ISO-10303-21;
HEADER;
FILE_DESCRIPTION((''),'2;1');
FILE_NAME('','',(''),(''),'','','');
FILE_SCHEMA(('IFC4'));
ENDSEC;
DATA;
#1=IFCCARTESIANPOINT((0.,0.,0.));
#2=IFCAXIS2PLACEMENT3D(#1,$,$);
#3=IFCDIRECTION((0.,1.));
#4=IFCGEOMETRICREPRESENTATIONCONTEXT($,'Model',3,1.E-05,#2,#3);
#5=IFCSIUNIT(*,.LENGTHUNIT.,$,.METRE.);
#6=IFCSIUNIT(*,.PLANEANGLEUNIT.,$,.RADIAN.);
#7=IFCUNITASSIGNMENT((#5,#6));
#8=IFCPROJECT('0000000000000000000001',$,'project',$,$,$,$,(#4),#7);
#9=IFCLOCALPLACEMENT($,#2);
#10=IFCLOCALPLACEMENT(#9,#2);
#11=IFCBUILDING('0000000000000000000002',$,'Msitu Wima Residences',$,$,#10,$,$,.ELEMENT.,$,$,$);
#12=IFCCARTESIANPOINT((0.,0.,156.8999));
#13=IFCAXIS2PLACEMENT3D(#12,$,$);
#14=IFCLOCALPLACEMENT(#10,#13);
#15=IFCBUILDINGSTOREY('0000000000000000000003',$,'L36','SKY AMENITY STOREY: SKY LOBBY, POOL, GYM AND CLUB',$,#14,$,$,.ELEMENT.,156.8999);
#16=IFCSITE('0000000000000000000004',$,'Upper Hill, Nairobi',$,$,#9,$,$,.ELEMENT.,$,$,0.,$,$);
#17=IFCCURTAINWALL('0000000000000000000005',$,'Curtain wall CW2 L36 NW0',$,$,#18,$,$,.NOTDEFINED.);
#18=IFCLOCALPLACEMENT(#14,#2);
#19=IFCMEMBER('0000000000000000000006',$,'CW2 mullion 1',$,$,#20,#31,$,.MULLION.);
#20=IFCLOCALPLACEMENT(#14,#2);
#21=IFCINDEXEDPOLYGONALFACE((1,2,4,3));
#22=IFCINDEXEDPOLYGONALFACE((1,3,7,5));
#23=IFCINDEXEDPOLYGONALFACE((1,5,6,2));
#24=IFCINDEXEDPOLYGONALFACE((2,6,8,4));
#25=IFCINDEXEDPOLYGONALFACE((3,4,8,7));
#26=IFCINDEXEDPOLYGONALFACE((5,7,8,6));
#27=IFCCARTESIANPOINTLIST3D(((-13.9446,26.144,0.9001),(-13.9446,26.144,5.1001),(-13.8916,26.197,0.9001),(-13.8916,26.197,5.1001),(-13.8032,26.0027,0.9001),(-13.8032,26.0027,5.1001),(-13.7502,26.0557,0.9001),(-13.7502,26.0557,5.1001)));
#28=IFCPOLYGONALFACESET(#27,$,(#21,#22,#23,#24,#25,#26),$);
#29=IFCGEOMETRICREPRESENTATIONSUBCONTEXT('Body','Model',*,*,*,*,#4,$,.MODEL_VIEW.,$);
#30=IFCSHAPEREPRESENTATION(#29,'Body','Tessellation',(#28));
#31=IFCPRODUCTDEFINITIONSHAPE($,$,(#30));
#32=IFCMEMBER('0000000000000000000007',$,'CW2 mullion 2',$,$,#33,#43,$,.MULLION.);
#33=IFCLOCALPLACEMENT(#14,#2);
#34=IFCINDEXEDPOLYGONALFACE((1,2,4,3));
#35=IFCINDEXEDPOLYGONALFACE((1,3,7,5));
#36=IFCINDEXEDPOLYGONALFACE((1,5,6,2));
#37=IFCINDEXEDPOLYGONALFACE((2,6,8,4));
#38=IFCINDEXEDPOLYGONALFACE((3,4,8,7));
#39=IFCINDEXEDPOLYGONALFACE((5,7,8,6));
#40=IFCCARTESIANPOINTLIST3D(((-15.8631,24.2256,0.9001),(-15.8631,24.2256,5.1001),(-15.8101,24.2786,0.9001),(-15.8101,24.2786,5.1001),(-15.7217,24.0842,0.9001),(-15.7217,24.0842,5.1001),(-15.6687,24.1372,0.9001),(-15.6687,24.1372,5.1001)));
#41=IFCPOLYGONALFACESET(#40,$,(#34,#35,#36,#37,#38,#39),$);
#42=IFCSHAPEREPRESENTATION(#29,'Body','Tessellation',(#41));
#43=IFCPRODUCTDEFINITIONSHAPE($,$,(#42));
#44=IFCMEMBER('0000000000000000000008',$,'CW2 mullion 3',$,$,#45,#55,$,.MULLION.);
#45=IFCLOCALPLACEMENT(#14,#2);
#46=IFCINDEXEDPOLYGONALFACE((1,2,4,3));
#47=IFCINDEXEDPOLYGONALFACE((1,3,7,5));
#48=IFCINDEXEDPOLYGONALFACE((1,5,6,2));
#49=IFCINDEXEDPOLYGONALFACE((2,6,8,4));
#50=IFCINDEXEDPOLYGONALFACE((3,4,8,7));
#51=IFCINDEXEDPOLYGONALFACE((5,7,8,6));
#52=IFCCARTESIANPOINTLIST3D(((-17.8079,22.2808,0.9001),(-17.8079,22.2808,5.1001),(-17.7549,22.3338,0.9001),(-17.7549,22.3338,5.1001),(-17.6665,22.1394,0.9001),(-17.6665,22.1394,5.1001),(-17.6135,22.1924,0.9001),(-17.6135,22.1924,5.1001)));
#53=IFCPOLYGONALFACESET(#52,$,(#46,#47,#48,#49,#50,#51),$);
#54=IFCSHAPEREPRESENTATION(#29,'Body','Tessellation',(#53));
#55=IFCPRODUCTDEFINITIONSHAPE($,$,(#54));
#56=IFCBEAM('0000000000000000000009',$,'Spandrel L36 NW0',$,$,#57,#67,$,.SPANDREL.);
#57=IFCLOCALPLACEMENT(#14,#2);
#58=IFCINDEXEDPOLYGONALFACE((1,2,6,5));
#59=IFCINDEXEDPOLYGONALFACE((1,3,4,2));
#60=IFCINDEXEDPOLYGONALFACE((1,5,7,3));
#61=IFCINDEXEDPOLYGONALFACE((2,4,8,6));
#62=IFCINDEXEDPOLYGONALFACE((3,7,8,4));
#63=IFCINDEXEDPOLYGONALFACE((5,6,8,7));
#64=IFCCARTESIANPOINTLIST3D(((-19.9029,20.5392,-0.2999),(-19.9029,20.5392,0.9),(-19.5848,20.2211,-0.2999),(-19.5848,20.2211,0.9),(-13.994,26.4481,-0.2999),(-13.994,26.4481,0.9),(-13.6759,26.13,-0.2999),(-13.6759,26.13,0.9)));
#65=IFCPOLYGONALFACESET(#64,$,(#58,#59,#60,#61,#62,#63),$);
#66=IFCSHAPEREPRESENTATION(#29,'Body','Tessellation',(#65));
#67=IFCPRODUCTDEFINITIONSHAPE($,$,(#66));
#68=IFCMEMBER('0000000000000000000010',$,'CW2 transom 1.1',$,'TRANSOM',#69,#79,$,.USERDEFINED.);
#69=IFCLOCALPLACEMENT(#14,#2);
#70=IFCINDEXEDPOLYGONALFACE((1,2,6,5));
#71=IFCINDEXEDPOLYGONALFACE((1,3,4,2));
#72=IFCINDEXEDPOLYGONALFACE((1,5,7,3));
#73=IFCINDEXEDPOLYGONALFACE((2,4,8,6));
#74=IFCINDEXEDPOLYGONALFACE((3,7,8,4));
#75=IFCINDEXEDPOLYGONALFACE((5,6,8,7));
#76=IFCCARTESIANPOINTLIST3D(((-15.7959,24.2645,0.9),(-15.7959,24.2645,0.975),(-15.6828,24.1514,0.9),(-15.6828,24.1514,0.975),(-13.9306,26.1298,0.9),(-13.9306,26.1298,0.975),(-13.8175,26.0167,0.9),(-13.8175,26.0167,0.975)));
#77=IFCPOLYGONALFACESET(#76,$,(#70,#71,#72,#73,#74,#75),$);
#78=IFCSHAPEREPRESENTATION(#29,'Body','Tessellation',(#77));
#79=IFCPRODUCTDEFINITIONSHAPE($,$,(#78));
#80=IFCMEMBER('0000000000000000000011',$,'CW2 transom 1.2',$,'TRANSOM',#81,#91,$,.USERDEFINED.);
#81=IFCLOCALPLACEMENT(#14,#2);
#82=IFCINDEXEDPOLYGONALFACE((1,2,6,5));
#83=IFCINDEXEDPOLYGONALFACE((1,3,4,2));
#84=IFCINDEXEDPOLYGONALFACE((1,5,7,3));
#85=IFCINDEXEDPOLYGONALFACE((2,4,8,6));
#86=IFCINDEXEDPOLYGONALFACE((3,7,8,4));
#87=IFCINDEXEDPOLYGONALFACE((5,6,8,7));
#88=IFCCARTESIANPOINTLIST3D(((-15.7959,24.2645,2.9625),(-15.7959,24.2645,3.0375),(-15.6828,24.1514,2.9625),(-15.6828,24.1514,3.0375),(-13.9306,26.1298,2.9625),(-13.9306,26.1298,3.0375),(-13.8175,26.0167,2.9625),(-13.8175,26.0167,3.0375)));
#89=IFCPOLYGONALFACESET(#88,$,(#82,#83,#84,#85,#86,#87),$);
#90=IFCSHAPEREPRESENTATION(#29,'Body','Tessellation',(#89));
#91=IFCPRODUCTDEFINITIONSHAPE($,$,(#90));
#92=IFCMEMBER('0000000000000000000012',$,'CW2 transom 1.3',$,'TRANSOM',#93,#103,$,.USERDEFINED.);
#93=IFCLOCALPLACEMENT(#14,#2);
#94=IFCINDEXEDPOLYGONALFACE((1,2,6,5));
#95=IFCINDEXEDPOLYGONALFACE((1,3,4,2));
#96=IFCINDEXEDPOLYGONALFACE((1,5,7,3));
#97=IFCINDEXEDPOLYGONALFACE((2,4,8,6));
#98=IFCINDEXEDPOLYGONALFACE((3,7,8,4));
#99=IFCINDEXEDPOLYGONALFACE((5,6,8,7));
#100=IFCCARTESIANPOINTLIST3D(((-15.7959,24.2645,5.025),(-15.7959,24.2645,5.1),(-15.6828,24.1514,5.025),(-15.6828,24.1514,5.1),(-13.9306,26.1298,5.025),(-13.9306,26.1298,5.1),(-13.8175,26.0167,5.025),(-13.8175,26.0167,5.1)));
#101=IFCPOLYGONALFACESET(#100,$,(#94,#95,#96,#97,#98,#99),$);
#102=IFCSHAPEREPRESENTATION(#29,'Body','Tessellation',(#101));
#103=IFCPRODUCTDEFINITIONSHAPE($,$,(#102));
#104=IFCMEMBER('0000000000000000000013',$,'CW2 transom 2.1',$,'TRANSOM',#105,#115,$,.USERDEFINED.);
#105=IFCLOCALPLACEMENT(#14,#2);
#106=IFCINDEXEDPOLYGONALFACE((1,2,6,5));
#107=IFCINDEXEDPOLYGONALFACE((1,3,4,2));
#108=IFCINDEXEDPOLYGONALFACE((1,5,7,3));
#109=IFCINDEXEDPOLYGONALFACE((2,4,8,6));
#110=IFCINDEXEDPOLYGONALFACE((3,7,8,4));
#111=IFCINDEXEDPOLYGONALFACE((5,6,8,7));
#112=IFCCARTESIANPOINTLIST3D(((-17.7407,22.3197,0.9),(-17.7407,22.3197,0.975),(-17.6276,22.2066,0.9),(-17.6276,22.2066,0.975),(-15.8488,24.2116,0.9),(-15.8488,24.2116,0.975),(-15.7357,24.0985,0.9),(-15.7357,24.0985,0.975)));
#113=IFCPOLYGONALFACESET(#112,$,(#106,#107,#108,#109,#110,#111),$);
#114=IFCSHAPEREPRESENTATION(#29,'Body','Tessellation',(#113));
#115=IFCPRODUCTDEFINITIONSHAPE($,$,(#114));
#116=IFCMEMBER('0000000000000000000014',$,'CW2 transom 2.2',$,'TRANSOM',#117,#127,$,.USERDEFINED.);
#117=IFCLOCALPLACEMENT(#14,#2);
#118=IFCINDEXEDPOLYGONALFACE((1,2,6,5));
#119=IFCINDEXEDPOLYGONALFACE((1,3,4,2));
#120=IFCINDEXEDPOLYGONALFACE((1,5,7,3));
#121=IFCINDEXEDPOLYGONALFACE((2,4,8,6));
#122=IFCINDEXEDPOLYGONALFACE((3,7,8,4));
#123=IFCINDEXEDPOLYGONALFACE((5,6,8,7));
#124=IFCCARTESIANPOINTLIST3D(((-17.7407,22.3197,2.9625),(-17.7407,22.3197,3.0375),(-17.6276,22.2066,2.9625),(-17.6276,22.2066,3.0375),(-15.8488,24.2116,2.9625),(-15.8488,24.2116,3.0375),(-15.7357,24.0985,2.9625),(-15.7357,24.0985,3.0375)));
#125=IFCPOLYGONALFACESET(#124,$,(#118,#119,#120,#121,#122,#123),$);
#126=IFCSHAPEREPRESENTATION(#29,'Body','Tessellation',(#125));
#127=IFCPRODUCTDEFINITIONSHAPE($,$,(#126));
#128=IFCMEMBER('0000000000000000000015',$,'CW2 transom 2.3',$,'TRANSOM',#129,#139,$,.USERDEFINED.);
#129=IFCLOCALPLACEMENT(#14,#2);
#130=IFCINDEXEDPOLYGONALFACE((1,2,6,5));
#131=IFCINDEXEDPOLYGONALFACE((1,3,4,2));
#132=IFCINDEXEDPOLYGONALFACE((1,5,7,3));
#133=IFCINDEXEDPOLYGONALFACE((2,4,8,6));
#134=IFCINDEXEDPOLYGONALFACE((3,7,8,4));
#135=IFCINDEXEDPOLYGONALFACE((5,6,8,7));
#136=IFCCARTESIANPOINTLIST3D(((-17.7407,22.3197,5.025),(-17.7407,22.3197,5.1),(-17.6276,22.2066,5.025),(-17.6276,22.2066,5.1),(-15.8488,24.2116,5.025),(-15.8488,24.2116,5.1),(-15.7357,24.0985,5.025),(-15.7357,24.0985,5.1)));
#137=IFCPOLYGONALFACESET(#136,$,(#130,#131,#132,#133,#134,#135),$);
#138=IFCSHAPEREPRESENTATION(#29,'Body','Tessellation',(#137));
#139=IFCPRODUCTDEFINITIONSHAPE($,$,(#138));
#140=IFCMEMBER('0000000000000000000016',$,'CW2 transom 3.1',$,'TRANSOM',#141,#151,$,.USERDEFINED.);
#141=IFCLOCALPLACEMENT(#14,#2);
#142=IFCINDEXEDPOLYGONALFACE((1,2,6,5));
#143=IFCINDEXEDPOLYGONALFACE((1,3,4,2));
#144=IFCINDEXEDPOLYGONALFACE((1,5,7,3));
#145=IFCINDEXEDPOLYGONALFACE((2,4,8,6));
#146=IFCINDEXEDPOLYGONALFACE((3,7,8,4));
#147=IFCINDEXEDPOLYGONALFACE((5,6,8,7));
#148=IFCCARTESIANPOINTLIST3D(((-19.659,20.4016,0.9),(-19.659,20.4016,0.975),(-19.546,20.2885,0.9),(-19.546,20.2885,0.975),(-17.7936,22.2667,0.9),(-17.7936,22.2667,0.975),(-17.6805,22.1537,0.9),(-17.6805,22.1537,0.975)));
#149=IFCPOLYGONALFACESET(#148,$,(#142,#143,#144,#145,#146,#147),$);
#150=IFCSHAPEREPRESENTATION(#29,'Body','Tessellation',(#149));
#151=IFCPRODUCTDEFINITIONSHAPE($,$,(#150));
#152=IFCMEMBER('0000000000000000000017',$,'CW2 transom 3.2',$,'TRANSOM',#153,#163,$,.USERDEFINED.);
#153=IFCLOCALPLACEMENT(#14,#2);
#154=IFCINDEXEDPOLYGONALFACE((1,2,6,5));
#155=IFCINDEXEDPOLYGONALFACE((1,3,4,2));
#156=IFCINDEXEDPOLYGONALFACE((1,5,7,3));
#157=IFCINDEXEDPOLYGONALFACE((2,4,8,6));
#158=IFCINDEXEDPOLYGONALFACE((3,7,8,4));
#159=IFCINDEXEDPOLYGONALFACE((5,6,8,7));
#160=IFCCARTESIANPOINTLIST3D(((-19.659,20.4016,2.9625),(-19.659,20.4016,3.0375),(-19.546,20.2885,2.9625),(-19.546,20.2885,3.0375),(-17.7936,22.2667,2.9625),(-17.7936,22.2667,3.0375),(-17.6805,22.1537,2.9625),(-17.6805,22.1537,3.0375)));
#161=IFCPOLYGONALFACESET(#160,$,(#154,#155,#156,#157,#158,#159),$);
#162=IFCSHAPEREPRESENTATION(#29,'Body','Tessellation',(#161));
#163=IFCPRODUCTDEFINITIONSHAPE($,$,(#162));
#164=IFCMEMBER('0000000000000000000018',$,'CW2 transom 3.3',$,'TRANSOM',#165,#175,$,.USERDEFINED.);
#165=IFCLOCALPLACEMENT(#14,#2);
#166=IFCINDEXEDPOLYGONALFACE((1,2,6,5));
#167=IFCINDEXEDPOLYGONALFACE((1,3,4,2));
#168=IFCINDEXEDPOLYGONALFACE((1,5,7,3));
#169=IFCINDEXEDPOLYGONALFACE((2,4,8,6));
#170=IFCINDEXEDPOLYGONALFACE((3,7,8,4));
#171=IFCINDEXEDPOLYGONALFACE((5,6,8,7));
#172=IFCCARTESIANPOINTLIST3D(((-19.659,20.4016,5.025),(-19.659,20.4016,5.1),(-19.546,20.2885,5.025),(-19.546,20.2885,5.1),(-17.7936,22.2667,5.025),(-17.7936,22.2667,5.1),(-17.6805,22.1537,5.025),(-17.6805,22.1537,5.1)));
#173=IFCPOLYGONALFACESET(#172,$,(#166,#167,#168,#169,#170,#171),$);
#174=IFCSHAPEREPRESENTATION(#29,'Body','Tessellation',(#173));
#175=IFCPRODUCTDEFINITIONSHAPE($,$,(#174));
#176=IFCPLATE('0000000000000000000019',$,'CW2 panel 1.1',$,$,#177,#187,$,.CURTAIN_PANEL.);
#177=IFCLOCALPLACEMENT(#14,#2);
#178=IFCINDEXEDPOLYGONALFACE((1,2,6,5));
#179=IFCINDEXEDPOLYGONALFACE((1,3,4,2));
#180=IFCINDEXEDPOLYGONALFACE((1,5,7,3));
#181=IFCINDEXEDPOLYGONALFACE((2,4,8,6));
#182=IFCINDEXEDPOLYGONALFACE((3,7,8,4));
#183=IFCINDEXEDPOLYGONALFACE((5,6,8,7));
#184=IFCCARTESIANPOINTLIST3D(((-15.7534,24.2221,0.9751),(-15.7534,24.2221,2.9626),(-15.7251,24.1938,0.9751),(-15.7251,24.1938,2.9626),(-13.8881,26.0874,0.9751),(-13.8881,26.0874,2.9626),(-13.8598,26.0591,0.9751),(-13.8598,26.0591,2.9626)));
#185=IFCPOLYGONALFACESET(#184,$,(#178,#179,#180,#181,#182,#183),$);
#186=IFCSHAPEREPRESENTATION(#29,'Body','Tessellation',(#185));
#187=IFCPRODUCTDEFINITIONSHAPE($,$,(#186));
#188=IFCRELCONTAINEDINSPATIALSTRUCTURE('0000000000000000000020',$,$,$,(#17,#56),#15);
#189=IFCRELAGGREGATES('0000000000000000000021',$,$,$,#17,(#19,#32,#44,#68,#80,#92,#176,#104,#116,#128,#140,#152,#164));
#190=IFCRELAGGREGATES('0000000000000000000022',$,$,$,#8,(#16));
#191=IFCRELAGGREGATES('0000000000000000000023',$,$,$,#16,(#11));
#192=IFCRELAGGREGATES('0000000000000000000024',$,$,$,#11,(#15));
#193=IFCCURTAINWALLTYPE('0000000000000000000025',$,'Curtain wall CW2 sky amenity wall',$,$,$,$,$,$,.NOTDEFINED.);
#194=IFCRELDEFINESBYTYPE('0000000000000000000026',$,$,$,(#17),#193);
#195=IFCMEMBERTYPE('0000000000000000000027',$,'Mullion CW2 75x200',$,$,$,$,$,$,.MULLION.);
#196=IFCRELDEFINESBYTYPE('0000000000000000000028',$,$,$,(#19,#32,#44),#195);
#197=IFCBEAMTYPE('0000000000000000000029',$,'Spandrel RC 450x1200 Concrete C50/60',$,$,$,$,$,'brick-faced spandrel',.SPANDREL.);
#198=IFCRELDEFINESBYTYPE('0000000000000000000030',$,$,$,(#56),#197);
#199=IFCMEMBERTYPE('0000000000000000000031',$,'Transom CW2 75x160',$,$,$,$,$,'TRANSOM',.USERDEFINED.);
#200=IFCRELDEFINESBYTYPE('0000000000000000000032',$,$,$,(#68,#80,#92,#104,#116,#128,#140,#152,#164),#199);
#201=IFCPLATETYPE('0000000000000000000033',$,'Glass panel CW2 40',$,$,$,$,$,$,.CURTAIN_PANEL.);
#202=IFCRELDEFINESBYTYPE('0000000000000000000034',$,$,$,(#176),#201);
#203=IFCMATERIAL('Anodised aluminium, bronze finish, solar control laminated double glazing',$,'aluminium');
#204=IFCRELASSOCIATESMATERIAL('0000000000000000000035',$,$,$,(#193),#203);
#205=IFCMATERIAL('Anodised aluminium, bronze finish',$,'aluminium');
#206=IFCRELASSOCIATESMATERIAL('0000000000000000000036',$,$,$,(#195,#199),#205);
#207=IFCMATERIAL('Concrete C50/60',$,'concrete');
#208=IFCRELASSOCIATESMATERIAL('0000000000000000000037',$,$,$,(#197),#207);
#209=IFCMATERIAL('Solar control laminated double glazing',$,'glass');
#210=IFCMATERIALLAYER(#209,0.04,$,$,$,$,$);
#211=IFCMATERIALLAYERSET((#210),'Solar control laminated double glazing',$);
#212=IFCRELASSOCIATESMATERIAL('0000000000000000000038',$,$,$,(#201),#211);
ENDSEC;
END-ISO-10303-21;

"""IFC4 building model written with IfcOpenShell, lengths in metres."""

from ifc_helpers import new_model, si_unit, direction, frame, origin, origin_2d, place, context, subcontext, project, spatial, rectangle, extrude, material, layer, layer_set, material_profile, profile_set, type_object, element, aggregate, save


model = new_model("IFC4")

# Units and contexts
model_context = context("Model", 3, precision=1e-05, world=origin(), true_north=direction((0.0, 1.0)))
body_context = subcontext(model_context, "Body", "Model", "MODEL_VIEW")
ifc_project = project(units=[si_unit("LENGTHUNIT", "METRE"), si_unit("PLANEANGLEUNIT", "RADIAN")], contexts=[model_context])

# Site, building, storey
site_placement = place(None, origin())
site = spatial("IfcSite", under=ifc_project, at=site_placement, Name="Upper Hill, Nairobi", CompositionType="ELEMENT", RefElevation=0.0)
building_placement = place(site_placement, origin())
building = spatial("IfcBuilding", under=site, at=building_placement, Name="Msitu Wima Residences", CompositionType="ELEMENT")
storey_placement = place(building_placement, frame((0.0, 0.0, 156.8999)))
storey = spatial("IfcBuildingStorey", under=building, at=storey_placement, Name="L36", Description="SKY AMENITY STOREY: SKY LOBBY, POOL, GYM AND CLUB", CompositionType="ELEMENT", Elevation=156.8999)

# Curtain wall, members
ifc_material_1 = material(Name="Anodised aluminium, bronze finish, solar control laminated double glazing", Category="aluminium")
curtain_wall_type = type_object("IfcCurtainWallType", Name="Curtain wall CW2 sky amenity wall", PredefinedType="NOTDEFINED", material=ifc_material_1)
curtain_wall_placement = place(storey_placement, origin())
curtain_wall = element("IfcCurtainWall", 1, at=curtain_wall_placement, inside=storey, type_object=curtain_wall_type, Name="Curtain wall CW2 L36 NW0", PredefinedType="NOTDEFINED")
ifc_material_2 = material(Name="Anodised aluminium, bronze finish", Category="aluminium")
ifc_material_profile_1 = material_profile(ifc_material_2, rectangle(XDim=0.2, YDim=0.075, at=origin_2d()), Name="Mullion 75x200")
ifc_profile_set_1 = profile_set([ifc_material_profile_1], Name="Anodised aluminium, bronze finish")
member_type_1 = type_object("IfcMemberType", Name="Mullion CW2 75x200", PredefinedType="MULLION", material=ifc_profile_set_1)
member_1_placement = place(storey_placement, frame((-13.8474, 26.0999, 0.9001), z_axis=(0.0, 0.0, 1.0), x_axis=(0.707107, -0.707107, 0.0)))
member_1 = element("IfcMember", 2, at=member_1_placement, type_object=member_type_1, Name="CW2 mullion 1", PredefinedType="MULLION", context=body_context, shape_type="SweptSolid", body=[
    extrude(rectangle(XDim=0.2, YDim=0.075, at=origin_2d()), origin(), (0.0, 0.0, 1.0), 4.2),
])
member_2_placement = place(storey_placement, frame((-15.7659, 24.1814, 0.9001), z_axis=(0.0, 0.0, 1.0), x_axis=(0.707107, -0.707107, 0.0)))
member_2 = element("IfcMember", 3, at=member_2_placement, type_object=member_type_1, Name="CW2 mullion 2", PredefinedType="MULLION", context=body_context, shape_type="SweptSolid", body=[
    extrude(rectangle(XDim=0.2, YDim=0.075, at=origin_2d()), origin(), (0.0, 0.0, 1.0), 4.2),
])
member_3_placement = place(storey_placement, frame((-17.7107, 22.2366, 0.9001), z_axis=(0.0, 0.0, 1.0), x_axis=(0.707107, -0.707107, 0.0)))
member_3 = element("IfcMember", 4, at=member_3_placement, type_object=member_type_1, Name="CW2 mullion 3", PredefinedType="MULLION", context=body_context, shape_type="SweptSolid", body=[
    extrude(rectangle(XDim=0.2, YDim=0.075, at=origin_2d()), origin(), (0.0, 0.0, 1.0), 4.2),
])

# Beam
ifc_material_3 = material(Name="Concrete C50/60", Category="concrete")
ifc_material_profile_2 = material_profile(ifc_material_3, rectangle(XDim=0.45, YDim=1.2, at=origin_2d()), Name="RC 450x1200")
ifc_profile_set_2 = profile_set([ifc_material_profile_2], Name="Concrete C50/60")
beam_type = type_object("IfcBeamType", Name="Spandrel RC 450x1200 Concrete C50/60", ElementType="brick-faced spandrel", PredefinedType="SPANDREL", material=ifc_profile_set_2)
beam_placement = place(storey_placement, frame((-13.835, 26.2891, 0.3), z_axis=(-0.707107, -0.707107, 0.0), x_axis=(0.707107, -0.707107, 0.0)))
element("IfcBeam", 5, at=beam_placement, inside=storey, type_object=beam_type, Name="Spandrel L36 NW0", PredefinedType="SPANDREL", context=body_context, shape_type="SweptSolid", body=[
    extrude(rectangle(XDim=0.45, YDim=1.2, at=origin_2d()), origin(), (0.0, 0.0, 1.0), 8.3564),
])

# Members
ifc_material_profile_3 = material_profile(ifc_material_2, rectangle(XDim=0.1599, YDim=0.075, at=origin_2d()), Name="Transom 75x160")
ifc_profile_set_3 = profile_set([ifc_material_profile_3], Name="Anodised aluminium, bronze finish")
member_type_2 = type_object("IfcMemberType", Name="Transom CW2 75x160", ElementType="TRANSOM", PredefinedType="USERDEFINED", material=ifc_profile_set_3)
member_4_placement = place(storey_placement, frame((-13.874, 26.0732, 0.9375), z_axis=(-0.707107, -0.707107, 0.0), x_axis=(0.707107, -0.707107, 0.0)))
member_4 = element("IfcMember", 6, at=member_4_placement, type_object=member_type_2, Name="CW2 transom 1.1", ObjectType="TRANSOM", PredefinedType="USERDEFINED", context=body_context, shape_type="SweptSolid", body=[
    extrude(rectangle(XDim=0.1599, YDim=0.075, at=origin_2d()), origin(), (0.0, 0.0, 1.0), 2.6379),
])
member_5_placement = place(storey_placement, frame((-13.874, 26.0732, 3.0), z_axis=(-0.707107, -0.707107, 0.0), x_axis=(0.707107, -0.707107, 0.0)))
member_5 = element("IfcMember", 7, at=member_5_placement, type_object=member_type_2, Name="CW2 transom 1.2", ObjectType="TRANSOM", PredefinedType="USERDEFINED", context=body_context, shape_type="SweptSolid", body=[
    extrude(rectangle(XDim=0.1599, YDim=0.075, at=origin_2d()), origin(), (0.0, 0.0, 1.0), 2.6379),
])
member_6_placement = place(storey_placement, frame((-13.874, 26.0732, 5.0625), z_axis=(-0.707107, -0.707107, 0.0), x_axis=(0.707107, -0.707107, 0.0)))
member_6 = element("IfcMember", 8, at=member_6_placement, type_object=member_type_2, Name="CW2 transom 1.3", ObjectType="TRANSOM", PredefinedType="USERDEFINED", context=body_context, shape_type="SweptSolid", body=[
    extrude(rectangle(XDim=0.1599, YDim=0.075, at=origin_2d()), origin(), (0.0, 0.0, 1.0), 2.6379),
])
member_7_placement = place(storey_placement, frame((-15.7922, 24.155, 0.9375), z_axis=(-0.707107, -0.707107, 0.0), x_axis=(0.707107, -0.707107, 0.0)))
member_7 = element("IfcMember", 9, at=member_7_placement, type_object=member_type_2, Name="CW2 transom 2.1", ObjectType="TRANSOM", PredefinedType="USERDEFINED", context=body_context, shape_type="SweptSolid", body=[
    extrude(rectangle(XDim=0.1599, YDim=0.075, at=origin_2d()), origin(), (0.0, 0.0, 1.0), 2.6755),
])
member_8_placement = place(storey_placement, frame((-15.7922, 24.155, 3.0), z_axis=(-0.707107, -0.707107, 0.0), x_axis=(0.707107, -0.707107, 0.0)))
member_8 = element("IfcMember", 10, at=member_8_placement, type_object=member_type_2, Name="CW2 transom 2.2", ObjectType="TRANSOM", PredefinedType="USERDEFINED", context=body_context, shape_type="SweptSolid", body=[
    extrude(rectangle(XDim=0.1599, YDim=0.075, at=origin_2d()), origin(), (0.0, 0.0, 1.0), 2.6755),
])
member_9_placement = place(storey_placement, frame((-15.7922, 24.155, 5.0625), z_axis=(-0.707107, -0.707107, 0.0), x_axis=(0.707107, -0.707107, 0.0)))
member_9 = element("IfcMember", 11, at=member_9_placement, type_object=member_type_2, Name="CW2 transom 2.3", ObjectType="TRANSOM", PredefinedType="USERDEFINED", context=body_context, shape_type="SweptSolid", body=[
    extrude(rectangle(XDim=0.1599, YDim=0.075, at=origin_2d()), origin(), (0.0, 0.0, 1.0), 2.6755),
])
member_10_placement = place(storey_placement, frame((-17.7371, 22.2102, 0.9375), z_axis=(-0.707153, -0.707061, 0.0), x_axis=(0.707061, -0.707153, 0.0)))
member_10 = element("IfcMember", 12, at=member_10_placement, type_object=member_type_2, Name="CW2 transom 3.1", ObjectType="TRANSOM", PredefinedType="USERDEFINED", context=body_context, shape_type="SweptSolid", body=[
    extrude(rectangle(XDim=0.1599, YDim=0.075, at=origin_2d()), origin(), (0.0, 0.0, 1.0), 2.6379),
])
member_11_placement = place(storey_placement, frame((-17.7371, 22.2102, 3.0), z_axis=(-0.707153, -0.707061, 0.0), x_axis=(0.707061, -0.707153, 0.0)))
member_11 = element("IfcMember", 13, at=member_11_placement, type_object=member_type_2, Name="CW2 transom 3.2", ObjectType="TRANSOM", PredefinedType="USERDEFINED", context=body_context, shape_type="SweptSolid", body=[
    extrude(rectangle(XDim=0.1599, YDim=0.075, at=origin_2d()), origin(), (0.0, 0.0, 1.0), 2.6379),
])
member_12_placement = place(storey_placement, frame((-17.7371, 22.2102, 5.0625), z_axis=(-0.707153, -0.707061, 0.0), x_axis=(0.707061, -0.707153, 0.0)))
member_12 = element("IfcMember", 14, at=member_12_placement, type_object=member_type_2, Name="CW2 transom 3.3", ObjectType="TRANSOM", PredefinedType="USERDEFINED", context=body_context, shape_type="SweptSolid", body=[
    extrude(rectangle(XDim=0.1599, YDim=0.075, at=origin_2d()), origin(), (0.0, 0.0, 1.0), 2.6379),
])

# Plate
ifc_material_4 = material(Name="Solar control laminated double glazing", Category="glass")
ifc_layer = layer(ifc_material_4, 0.04)
ifc_layer_set = layer_set([ifc_layer], Name="Solar control laminated double glazing")
plate_type = type_object("IfcPlateType", Name="Glass panel CW2 40", PredefinedType="CURTAIN_PANEL", material=ifc_layer_set)
plate_1_placement = place(storey_placement, frame((-14.8066, 25.1406, 0.9751), z_axis=(0.0, 0.0, 1.0), x_axis=(-0.707107, -0.707107, 0.0)))
plate_1 = element("IfcPlate", 15, at=plate_1_placement, type_object=plate_type, Name="CW2 panel 1.1", PredefinedType="CURTAIN_PANEL", context=body_context, shape_type="SweptSolid", body=[
    extrude(rectangle(XDim=2.6379, YDim=0.04, at=origin_2d()), origin(), (0.0, 0.0, 1.0), 1.9875),
])
aggregate(curtain_wall, [member_1, member_2, member_3, member_4, member_5, member_6, plate_1, member_7, member_8, member_9, member_10, member_11, member_12])

save(model, "model.ifc")
